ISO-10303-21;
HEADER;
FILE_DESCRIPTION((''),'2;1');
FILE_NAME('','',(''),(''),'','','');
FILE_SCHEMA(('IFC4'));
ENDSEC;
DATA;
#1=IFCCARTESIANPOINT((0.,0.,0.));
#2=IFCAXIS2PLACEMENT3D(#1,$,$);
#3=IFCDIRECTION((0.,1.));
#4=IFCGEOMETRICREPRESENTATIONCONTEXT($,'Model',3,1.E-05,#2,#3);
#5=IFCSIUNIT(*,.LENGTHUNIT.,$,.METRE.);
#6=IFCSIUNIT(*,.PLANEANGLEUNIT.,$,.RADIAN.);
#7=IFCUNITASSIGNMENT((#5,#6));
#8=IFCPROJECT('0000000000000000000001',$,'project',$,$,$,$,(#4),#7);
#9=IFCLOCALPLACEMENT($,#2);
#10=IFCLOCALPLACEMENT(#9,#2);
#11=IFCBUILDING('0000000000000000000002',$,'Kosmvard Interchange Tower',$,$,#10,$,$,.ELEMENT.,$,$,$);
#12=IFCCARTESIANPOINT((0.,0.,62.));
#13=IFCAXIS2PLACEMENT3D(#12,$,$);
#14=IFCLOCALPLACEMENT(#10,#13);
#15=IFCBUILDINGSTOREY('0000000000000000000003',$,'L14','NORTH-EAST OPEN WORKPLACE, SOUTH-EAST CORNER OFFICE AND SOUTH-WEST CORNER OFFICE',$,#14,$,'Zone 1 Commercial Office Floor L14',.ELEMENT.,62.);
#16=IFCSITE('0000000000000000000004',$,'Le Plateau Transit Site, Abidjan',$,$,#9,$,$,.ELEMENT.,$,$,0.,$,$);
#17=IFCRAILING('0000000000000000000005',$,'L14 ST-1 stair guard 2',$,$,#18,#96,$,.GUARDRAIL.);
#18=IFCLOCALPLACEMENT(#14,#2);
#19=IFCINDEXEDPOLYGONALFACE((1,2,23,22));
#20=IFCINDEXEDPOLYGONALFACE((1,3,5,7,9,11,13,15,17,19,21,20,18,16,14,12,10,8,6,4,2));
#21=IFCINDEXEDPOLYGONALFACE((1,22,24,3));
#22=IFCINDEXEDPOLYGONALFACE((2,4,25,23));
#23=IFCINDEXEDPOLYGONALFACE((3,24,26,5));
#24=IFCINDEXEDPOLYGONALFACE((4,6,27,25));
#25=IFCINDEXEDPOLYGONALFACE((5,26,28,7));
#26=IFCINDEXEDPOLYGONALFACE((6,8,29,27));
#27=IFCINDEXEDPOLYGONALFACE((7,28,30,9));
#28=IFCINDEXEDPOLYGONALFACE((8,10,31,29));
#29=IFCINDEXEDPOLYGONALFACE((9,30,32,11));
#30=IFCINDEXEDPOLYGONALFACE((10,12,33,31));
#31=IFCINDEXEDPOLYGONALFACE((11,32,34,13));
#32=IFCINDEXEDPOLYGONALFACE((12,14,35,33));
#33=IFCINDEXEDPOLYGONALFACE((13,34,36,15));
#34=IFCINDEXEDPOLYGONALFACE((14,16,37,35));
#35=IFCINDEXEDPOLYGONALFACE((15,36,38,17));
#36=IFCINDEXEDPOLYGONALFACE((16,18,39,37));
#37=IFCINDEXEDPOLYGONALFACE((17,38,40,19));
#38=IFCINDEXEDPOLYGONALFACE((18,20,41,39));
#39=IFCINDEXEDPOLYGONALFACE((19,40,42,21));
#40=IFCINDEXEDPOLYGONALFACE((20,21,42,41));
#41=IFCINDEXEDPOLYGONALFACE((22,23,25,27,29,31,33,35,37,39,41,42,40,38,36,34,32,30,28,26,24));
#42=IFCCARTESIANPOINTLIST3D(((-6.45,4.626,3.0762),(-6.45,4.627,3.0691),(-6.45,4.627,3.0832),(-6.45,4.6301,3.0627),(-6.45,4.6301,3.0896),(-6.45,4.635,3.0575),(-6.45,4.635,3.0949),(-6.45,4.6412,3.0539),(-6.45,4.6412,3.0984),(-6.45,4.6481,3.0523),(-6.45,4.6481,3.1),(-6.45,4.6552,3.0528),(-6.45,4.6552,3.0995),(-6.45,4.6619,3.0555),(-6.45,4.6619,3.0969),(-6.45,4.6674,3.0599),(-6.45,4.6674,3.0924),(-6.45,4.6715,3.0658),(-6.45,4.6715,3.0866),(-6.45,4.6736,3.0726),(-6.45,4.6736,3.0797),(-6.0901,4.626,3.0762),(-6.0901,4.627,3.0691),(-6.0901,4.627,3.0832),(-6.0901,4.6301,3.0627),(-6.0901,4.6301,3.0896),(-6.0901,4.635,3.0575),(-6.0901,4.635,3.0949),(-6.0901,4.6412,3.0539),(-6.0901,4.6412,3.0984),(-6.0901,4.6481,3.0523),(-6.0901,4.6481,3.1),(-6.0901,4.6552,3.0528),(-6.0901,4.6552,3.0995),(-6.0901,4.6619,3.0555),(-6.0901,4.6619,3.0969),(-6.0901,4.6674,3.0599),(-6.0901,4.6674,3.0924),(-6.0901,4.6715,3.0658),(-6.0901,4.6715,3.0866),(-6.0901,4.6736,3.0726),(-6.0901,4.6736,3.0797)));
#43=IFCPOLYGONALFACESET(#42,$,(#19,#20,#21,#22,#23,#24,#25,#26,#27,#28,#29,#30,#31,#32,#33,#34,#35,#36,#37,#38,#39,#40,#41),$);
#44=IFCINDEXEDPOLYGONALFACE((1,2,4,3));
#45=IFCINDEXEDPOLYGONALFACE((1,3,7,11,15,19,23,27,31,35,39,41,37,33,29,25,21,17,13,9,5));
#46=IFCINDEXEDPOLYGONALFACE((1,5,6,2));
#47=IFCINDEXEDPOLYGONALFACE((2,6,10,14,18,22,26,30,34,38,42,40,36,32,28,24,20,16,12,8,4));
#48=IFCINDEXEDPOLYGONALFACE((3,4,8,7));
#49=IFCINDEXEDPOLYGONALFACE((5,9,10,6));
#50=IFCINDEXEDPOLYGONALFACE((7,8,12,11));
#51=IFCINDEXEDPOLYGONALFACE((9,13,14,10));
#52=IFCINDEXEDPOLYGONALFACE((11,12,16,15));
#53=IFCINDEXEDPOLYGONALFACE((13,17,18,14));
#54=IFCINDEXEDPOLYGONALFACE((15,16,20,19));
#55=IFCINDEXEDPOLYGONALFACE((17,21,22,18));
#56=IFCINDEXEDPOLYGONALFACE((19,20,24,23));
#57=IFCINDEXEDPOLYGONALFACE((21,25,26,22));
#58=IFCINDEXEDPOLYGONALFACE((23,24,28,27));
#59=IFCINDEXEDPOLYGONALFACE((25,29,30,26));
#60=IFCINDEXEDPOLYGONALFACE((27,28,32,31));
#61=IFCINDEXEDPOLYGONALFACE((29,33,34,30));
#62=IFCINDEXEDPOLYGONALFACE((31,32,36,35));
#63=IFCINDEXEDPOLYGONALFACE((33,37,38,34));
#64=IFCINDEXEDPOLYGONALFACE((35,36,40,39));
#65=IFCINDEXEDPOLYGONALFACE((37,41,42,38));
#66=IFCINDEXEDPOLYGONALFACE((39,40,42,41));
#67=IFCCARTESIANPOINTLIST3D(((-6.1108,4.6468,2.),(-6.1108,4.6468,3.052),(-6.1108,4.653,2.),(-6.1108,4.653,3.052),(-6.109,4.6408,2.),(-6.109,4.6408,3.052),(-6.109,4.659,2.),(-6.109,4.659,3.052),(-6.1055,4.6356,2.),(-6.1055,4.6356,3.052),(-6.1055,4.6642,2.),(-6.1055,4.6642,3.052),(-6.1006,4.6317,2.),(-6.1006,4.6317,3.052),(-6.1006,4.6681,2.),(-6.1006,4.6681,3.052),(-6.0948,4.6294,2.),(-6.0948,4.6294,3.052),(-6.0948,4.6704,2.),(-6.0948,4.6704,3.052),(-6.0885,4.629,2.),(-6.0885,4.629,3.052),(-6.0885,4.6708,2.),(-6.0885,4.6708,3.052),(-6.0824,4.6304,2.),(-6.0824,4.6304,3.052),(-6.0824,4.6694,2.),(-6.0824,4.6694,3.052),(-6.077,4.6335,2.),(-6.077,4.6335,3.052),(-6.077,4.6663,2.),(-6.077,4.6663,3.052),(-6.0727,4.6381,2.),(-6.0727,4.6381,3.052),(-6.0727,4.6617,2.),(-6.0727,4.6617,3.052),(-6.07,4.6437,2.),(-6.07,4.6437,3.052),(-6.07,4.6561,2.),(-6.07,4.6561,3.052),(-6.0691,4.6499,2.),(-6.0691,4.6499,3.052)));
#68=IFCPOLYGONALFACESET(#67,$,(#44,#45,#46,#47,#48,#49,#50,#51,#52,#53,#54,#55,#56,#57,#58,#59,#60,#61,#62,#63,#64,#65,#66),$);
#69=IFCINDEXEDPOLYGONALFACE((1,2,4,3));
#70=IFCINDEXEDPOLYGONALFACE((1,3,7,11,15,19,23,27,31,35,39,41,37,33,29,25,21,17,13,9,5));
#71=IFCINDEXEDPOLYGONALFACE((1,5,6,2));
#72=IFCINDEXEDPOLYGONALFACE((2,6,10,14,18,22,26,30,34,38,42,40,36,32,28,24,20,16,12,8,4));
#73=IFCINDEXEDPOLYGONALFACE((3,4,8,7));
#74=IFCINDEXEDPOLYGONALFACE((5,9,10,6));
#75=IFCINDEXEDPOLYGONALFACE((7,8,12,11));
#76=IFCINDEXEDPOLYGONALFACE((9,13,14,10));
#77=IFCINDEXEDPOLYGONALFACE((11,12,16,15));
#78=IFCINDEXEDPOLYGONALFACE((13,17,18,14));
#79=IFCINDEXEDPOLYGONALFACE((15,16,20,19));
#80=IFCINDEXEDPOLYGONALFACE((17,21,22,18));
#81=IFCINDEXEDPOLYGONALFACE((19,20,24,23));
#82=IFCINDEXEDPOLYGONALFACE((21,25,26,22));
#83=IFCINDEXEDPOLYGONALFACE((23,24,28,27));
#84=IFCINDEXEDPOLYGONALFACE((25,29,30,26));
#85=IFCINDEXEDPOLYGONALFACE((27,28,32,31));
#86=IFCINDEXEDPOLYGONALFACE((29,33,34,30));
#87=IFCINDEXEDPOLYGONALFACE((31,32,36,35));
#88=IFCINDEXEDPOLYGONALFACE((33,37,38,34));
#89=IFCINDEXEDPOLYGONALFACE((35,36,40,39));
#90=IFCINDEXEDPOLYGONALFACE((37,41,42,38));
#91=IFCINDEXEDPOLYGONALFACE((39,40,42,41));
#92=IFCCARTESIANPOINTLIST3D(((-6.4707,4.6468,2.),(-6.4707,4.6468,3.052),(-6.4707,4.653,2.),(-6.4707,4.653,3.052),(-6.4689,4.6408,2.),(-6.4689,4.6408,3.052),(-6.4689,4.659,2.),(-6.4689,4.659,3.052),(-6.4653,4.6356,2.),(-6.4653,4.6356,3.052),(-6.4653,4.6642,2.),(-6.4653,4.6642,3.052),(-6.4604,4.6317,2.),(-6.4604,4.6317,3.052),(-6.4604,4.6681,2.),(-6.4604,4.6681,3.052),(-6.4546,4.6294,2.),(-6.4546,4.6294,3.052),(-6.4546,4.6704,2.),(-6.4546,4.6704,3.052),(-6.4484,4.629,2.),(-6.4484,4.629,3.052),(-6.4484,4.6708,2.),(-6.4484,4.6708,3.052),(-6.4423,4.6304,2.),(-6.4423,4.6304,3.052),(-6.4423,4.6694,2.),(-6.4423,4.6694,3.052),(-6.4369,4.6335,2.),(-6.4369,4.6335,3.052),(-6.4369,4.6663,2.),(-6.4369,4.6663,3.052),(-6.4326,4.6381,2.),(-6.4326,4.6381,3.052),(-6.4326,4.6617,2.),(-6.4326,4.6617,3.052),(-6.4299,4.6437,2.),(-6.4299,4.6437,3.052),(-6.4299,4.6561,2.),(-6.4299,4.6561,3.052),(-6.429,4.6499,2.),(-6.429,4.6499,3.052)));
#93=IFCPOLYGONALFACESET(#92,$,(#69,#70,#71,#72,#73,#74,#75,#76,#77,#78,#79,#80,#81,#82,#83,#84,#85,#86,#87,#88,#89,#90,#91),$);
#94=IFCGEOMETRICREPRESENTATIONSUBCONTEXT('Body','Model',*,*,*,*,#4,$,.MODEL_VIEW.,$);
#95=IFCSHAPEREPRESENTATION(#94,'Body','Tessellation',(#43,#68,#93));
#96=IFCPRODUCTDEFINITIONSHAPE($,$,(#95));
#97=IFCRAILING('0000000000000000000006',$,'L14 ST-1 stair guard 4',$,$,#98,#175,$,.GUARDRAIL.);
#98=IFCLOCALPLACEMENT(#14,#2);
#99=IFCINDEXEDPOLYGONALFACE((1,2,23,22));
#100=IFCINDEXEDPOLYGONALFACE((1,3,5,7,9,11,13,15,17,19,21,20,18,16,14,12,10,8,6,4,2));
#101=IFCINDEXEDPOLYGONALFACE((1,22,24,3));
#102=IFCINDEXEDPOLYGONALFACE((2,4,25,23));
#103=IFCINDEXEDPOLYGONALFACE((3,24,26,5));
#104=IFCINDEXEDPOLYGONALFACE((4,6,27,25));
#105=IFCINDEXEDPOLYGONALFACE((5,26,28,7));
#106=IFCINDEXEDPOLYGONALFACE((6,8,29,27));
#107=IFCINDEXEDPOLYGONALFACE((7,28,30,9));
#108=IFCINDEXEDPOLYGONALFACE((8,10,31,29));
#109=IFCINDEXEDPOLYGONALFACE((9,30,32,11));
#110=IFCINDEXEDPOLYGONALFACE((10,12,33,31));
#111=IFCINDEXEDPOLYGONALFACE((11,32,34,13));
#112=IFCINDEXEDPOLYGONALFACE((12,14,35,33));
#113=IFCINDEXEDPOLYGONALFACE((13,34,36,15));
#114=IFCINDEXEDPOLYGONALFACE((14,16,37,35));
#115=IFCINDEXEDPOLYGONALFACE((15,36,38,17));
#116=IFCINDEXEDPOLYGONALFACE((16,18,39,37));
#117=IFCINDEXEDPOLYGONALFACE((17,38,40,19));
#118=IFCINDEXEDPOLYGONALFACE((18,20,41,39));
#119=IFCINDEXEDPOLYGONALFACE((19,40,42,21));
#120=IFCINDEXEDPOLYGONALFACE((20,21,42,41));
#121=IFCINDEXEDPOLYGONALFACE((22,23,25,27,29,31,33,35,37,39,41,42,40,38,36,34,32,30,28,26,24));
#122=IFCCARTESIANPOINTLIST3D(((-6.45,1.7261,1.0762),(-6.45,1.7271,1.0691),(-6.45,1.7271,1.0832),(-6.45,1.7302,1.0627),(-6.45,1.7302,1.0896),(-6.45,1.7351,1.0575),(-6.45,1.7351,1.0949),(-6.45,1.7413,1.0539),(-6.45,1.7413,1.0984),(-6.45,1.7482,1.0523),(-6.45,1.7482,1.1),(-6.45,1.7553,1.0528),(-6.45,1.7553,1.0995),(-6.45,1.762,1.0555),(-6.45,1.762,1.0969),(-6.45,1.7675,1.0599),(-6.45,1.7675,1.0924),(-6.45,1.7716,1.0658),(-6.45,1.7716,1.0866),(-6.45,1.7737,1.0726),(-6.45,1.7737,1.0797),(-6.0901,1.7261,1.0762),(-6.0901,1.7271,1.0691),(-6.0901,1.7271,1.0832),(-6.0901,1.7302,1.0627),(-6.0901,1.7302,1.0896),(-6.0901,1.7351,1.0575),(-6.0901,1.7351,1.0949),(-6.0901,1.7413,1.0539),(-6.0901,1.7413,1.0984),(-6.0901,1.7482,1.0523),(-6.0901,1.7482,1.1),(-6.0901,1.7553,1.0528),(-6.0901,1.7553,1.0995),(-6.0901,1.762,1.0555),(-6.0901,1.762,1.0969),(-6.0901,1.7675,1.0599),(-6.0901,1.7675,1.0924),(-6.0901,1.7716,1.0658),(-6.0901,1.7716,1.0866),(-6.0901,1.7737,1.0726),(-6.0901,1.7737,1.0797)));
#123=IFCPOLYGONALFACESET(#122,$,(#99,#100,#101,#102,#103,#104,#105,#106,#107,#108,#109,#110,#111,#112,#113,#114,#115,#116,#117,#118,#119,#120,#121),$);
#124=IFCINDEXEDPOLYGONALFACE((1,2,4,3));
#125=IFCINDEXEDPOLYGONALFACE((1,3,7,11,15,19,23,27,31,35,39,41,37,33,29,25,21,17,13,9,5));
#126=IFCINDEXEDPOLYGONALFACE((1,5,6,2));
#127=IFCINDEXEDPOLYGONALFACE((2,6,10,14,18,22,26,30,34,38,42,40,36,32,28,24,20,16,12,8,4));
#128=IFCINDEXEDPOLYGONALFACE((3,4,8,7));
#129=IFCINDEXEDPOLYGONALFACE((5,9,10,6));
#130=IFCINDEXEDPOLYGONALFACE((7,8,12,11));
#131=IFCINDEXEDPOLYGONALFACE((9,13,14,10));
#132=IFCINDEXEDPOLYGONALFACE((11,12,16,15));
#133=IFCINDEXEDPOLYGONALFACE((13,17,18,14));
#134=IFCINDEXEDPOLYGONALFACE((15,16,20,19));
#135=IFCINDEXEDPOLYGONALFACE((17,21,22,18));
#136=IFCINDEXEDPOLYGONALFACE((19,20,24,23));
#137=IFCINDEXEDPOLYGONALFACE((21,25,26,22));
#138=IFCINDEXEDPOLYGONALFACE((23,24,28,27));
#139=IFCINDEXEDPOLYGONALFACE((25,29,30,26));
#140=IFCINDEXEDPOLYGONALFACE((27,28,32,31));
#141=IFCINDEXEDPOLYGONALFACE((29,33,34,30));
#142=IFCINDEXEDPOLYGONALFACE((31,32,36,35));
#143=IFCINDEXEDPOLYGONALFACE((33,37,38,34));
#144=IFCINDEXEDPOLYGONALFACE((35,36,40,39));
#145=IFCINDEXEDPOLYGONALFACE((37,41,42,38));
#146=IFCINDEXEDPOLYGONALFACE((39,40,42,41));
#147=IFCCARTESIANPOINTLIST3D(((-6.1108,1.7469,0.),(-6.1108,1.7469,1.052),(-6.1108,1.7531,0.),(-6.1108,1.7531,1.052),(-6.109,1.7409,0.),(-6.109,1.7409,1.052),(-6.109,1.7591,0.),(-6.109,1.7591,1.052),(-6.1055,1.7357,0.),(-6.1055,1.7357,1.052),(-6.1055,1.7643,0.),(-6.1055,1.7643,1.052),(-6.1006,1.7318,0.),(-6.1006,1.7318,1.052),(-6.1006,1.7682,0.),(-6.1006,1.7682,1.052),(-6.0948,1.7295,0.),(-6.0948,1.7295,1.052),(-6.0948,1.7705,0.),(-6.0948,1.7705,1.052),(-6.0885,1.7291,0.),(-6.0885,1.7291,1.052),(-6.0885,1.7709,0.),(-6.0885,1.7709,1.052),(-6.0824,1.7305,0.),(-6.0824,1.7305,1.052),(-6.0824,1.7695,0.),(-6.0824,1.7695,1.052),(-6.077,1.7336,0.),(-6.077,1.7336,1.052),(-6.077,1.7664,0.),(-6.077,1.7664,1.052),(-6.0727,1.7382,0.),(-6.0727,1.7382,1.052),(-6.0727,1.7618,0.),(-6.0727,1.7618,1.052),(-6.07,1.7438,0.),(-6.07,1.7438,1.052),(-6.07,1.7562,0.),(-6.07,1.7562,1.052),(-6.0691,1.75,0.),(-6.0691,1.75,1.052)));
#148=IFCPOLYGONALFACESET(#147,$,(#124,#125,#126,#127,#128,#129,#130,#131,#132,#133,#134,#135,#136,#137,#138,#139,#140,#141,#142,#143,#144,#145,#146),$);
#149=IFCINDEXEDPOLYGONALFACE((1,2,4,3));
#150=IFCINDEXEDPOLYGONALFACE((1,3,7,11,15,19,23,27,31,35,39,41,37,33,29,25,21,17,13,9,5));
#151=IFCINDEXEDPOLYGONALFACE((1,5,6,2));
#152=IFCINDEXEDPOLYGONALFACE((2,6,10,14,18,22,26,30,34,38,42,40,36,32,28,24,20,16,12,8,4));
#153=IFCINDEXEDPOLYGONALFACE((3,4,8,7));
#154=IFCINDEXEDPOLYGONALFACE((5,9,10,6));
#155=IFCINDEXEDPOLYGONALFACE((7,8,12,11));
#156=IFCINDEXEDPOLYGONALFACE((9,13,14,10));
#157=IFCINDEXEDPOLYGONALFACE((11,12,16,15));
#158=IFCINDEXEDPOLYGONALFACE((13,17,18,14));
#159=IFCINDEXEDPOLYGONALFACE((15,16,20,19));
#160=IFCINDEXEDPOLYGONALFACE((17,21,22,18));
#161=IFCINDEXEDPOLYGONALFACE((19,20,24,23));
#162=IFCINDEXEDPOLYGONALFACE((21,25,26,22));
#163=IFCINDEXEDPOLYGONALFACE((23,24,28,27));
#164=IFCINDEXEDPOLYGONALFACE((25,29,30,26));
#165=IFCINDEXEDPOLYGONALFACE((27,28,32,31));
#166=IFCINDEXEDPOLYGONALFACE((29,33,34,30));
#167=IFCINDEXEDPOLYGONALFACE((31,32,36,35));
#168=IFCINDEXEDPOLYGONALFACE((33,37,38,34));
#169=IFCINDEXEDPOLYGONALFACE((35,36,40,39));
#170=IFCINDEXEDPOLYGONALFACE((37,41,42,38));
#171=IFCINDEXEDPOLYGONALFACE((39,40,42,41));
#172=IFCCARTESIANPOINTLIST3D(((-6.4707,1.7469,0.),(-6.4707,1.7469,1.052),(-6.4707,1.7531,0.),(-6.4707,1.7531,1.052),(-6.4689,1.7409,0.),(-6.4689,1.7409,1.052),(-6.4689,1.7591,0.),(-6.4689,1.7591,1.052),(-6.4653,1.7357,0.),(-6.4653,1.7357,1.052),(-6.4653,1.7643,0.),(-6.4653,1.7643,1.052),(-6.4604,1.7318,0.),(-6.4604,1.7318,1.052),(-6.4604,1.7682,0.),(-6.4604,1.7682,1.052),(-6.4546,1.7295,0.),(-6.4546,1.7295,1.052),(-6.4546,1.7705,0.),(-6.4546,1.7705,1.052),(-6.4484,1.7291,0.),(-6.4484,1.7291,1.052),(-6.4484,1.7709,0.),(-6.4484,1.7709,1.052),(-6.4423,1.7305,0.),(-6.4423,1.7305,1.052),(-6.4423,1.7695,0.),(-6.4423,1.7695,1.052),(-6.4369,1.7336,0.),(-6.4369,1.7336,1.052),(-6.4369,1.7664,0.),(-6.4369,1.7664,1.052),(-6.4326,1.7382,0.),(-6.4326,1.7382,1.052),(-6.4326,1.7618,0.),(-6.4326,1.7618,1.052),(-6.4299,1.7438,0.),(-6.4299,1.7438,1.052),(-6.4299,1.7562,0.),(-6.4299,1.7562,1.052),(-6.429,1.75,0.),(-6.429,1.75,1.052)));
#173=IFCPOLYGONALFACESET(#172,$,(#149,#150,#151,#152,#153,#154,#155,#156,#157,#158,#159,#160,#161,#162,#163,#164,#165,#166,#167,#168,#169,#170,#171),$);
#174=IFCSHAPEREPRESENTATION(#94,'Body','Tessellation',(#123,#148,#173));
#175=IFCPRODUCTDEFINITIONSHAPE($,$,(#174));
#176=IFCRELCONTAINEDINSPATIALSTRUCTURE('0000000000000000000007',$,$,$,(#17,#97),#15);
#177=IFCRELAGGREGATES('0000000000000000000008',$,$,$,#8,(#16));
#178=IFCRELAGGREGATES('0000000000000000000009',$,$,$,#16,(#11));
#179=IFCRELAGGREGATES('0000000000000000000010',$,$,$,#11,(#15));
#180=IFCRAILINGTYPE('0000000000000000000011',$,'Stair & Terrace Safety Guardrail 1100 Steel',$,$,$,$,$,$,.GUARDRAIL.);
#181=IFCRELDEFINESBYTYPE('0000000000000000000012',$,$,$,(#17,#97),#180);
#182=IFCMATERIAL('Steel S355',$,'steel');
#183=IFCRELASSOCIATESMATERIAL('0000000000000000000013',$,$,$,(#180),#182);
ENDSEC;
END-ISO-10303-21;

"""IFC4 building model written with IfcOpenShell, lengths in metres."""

from ifc_helpers import new_model, si_unit, direction, frame, origin, origin_2d, place, context, subcontext, project, spatial, circle, extrude, source, transform, mapped, material, type_object, element, save


model = new_model("IFC4")

# Units and contexts
model_context = context("Model", 3, precision=1e-05, world=origin(), true_north=direction((0.0, 1.0)))
body_context = subcontext(model_context, "Body", "Model", "MODEL_VIEW")
ifc_project = project(units=[si_unit("LENGTHUNIT", "METRE"), si_unit("PLANEANGLEUNIT", "RADIAN")], contexts=[model_context])

# Site, building, storey
site_placement = place(None, origin())
site = spatial("IfcSite", under=ifc_project, at=site_placement, Name="Le Plateau Transit Site, Abidjan", CompositionType="ELEMENT", RefElevation=0.0)
building_placement = place(site_placement, origin())
building = spatial("IfcBuilding", under=site, at=building_placement, Name="Kosmvard Interchange Tower", CompositionType="ELEMENT")
storey_placement = place(building_placement, frame((0.0, 0.0, 62.0)))
storey = spatial("IfcBuildingStorey", under=building, at=storey_placement, Name="L14", Description="NORTH-EAST OPEN WORKPLACE, SOUTH-EAST CORNER OFFICE AND SOUTH-WEST CORNER OFFICE", LongName="Zone 1 Commercial Office Floor L14", CompositionType="ELEMENT", Elevation=62.0)

# Railings
ifc_material_1 = material(Name="Steel S355", Category="steel")
railing_type_1 = type_object("IfcRailingType", Name="Stair & Terrace Safety Guardrail 1100 Steel", PredefinedType="GUARDRAIL", material=ifc_material_1)
shared_shape_1 = source(origin(), body_context, "Body", "SweptSolid", [
    extrude(circle(Radius=0.0239, at=origin_2d()), frame((0.0, 0.0, 1.0762), z_axis=(-1.0, 0.0, 0.0), x_axis=(0.0, -1.0, 0.0)), (0.0, 0.0, 1.0), 0.3599),
    extrude(circle(Radius=0.021, at=origin_2d()), origin(), (0.0, 0.0, 1.0), 1.052),
    extrude(circle(Radius=0.021, at=origin_2d()), frame((-0.3599, 0.0, 0.0)), (0.0, 0.0, 1.0), 1.052),
])
for number, where, name in (
    (1, (-6.0901, 4.6499, 2.0), "L14 ST-1 stair guard 2"),
    (2, (-6.0901, 1.75, 0.0), "L14 ST-1 stair guard 4"),
):
    element("IfcRailing", number, at=place(storey_placement, frame(where)), inside=storey, type_object=railing_type_1, Name=name, PredefinedType="GUARDRAIL", context=body_context, shape_type="MappedRepresentation", body=[
        mapped(shared_shape_1, transform((0.0, 0.0, 0.0), scale=1.0)),
    ])

save(model, "model.ifc")
